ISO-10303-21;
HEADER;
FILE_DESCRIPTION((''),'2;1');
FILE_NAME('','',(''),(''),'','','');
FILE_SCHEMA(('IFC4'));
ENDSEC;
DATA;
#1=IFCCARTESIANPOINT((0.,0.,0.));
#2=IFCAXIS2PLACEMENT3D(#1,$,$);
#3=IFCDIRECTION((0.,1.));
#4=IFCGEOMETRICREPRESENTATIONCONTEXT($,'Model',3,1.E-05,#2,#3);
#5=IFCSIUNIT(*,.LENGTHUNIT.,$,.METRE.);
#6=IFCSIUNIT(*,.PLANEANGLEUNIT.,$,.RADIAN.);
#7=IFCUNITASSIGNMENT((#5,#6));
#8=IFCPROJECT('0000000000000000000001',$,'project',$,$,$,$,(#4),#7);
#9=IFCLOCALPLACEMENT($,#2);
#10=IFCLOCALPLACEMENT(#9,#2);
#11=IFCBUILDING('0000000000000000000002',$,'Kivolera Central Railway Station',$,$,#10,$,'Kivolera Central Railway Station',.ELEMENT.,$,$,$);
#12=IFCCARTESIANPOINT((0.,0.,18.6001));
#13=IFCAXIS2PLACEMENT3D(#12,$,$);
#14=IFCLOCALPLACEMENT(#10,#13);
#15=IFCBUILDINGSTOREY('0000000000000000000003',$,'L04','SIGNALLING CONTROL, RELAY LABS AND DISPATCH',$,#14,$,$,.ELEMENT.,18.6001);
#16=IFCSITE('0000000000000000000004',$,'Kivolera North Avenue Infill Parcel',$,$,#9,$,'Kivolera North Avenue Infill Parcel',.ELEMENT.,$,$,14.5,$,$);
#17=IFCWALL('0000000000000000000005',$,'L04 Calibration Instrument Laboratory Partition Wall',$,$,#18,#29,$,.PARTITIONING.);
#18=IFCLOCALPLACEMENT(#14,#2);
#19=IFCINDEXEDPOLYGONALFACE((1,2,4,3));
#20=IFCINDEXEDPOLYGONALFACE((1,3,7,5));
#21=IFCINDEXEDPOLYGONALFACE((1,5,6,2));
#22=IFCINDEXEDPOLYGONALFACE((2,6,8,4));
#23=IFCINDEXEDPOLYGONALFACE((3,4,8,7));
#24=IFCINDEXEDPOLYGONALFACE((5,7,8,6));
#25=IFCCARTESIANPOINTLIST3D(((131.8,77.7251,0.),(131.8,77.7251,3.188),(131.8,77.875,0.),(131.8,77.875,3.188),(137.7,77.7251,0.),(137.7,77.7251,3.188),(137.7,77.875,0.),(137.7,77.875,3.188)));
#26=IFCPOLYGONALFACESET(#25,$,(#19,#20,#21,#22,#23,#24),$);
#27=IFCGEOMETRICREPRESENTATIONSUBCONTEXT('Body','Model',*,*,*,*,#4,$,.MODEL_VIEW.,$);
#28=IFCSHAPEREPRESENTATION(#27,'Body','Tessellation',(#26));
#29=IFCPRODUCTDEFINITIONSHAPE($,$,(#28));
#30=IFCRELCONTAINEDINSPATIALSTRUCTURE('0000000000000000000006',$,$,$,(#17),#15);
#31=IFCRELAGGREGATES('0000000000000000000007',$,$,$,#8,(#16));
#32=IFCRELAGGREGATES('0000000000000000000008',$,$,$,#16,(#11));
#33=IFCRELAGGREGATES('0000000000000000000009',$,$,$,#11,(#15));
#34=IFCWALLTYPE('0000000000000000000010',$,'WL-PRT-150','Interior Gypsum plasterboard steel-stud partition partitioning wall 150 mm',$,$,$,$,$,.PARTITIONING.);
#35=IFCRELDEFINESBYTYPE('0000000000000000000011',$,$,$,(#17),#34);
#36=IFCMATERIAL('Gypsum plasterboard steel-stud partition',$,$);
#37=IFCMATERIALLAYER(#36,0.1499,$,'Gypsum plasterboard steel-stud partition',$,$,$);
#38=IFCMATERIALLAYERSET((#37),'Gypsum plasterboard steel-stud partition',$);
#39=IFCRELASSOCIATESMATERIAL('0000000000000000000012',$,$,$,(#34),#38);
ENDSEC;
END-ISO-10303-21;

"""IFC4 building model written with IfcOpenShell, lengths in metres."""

from ifc_helpers import new_model, si_unit, direction, frame, frame_2d, origin, place, context, subcontext, project, spatial, rectangle, extrude, material, layer, layer_set, type_object, element, save


model = new_model("IFC4")

# Units and contexts
model_context = context("Model", 3, precision=1e-05, world=origin(), true_north=direction((0.0, 1.0)))
body_context = subcontext(model_context, "Body", "Model", "MODEL_VIEW")
ifc_project = project(units=[si_unit("LENGTHUNIT", "METRE"), si_unit("PLANEANGLEUNIT", "RADIAN")], contexts=[model_context])

# Site, building, storey
site_placement = place(None, origin())
site = spatial("IfcSite", under=ifc_project, at=site_placement, Name="Kivolera North Avenue Infill Parcel", LongName="Kivolera North Avenue Infill Parcel", CompositionType="ELEMENT", RefElevation=14.5)
building_placement = place(site_placement, origin())
building = spatial("IfcBuilding", under=site, at=building_placement, Name="Kivolera Central Railway Station", LongName="Kivolera Central Railway Station", CompositionType="ELEMENT")
storey_placement = place(building_placement, frame((0.0, 0.0, 18.6001)))
storey = spatial("IfcBuildingStorey", under=building, at=storey_placement, Name="L04", Description="SIGNALLING CONTROL, RELAY LABS AND DISPATCH", CompositionType="ELEMENT", Elevation=18.6001)

# Wall
ifc_material_1 = material(Name="Gypsum plasterboard steel-stud partition")
ifc_layer_1 = layer(ifc_material_1, 0.1499, Name="Gypsum plasterboard steel-stud partition")
ifc_layer_set_1 = layer_set([ifc_layer_1], Name="Gypsum plasterboard steel-stud partition")
wall_type_1 = type_object("IfcWallType", Name="WL-PRT-150", Description="Interior Gypsum plasterboard steel-stud partition partitioning wall 150 mm", PredefinedType="PARTITIONING", material=ifc_layer_set_1)
wall_1_placement = place(storey_placement, frame((131.8, 77.8, 0.0), z_axis=(0.0, 0.0, 1.0), x_axis=(1.0, 0.0, 0.0)))
element("IfcWall", 1, at=wall_1_placement, inside=storey, type_object=wall_type_1, Name="L04 Calibration Instrument Laboratory Partition Wall", PredefinedType="PARTITIONING", context=body_context, shape_type="SweptSolid", body=[
    extrude(rectangle(XDim=5.8999, YDim=0.1499, at=frame_2d((2.95, 0.0))), origin(), (0.0, 0.0, 1.0), 3.188),
])

save(model, "model.ifc")
